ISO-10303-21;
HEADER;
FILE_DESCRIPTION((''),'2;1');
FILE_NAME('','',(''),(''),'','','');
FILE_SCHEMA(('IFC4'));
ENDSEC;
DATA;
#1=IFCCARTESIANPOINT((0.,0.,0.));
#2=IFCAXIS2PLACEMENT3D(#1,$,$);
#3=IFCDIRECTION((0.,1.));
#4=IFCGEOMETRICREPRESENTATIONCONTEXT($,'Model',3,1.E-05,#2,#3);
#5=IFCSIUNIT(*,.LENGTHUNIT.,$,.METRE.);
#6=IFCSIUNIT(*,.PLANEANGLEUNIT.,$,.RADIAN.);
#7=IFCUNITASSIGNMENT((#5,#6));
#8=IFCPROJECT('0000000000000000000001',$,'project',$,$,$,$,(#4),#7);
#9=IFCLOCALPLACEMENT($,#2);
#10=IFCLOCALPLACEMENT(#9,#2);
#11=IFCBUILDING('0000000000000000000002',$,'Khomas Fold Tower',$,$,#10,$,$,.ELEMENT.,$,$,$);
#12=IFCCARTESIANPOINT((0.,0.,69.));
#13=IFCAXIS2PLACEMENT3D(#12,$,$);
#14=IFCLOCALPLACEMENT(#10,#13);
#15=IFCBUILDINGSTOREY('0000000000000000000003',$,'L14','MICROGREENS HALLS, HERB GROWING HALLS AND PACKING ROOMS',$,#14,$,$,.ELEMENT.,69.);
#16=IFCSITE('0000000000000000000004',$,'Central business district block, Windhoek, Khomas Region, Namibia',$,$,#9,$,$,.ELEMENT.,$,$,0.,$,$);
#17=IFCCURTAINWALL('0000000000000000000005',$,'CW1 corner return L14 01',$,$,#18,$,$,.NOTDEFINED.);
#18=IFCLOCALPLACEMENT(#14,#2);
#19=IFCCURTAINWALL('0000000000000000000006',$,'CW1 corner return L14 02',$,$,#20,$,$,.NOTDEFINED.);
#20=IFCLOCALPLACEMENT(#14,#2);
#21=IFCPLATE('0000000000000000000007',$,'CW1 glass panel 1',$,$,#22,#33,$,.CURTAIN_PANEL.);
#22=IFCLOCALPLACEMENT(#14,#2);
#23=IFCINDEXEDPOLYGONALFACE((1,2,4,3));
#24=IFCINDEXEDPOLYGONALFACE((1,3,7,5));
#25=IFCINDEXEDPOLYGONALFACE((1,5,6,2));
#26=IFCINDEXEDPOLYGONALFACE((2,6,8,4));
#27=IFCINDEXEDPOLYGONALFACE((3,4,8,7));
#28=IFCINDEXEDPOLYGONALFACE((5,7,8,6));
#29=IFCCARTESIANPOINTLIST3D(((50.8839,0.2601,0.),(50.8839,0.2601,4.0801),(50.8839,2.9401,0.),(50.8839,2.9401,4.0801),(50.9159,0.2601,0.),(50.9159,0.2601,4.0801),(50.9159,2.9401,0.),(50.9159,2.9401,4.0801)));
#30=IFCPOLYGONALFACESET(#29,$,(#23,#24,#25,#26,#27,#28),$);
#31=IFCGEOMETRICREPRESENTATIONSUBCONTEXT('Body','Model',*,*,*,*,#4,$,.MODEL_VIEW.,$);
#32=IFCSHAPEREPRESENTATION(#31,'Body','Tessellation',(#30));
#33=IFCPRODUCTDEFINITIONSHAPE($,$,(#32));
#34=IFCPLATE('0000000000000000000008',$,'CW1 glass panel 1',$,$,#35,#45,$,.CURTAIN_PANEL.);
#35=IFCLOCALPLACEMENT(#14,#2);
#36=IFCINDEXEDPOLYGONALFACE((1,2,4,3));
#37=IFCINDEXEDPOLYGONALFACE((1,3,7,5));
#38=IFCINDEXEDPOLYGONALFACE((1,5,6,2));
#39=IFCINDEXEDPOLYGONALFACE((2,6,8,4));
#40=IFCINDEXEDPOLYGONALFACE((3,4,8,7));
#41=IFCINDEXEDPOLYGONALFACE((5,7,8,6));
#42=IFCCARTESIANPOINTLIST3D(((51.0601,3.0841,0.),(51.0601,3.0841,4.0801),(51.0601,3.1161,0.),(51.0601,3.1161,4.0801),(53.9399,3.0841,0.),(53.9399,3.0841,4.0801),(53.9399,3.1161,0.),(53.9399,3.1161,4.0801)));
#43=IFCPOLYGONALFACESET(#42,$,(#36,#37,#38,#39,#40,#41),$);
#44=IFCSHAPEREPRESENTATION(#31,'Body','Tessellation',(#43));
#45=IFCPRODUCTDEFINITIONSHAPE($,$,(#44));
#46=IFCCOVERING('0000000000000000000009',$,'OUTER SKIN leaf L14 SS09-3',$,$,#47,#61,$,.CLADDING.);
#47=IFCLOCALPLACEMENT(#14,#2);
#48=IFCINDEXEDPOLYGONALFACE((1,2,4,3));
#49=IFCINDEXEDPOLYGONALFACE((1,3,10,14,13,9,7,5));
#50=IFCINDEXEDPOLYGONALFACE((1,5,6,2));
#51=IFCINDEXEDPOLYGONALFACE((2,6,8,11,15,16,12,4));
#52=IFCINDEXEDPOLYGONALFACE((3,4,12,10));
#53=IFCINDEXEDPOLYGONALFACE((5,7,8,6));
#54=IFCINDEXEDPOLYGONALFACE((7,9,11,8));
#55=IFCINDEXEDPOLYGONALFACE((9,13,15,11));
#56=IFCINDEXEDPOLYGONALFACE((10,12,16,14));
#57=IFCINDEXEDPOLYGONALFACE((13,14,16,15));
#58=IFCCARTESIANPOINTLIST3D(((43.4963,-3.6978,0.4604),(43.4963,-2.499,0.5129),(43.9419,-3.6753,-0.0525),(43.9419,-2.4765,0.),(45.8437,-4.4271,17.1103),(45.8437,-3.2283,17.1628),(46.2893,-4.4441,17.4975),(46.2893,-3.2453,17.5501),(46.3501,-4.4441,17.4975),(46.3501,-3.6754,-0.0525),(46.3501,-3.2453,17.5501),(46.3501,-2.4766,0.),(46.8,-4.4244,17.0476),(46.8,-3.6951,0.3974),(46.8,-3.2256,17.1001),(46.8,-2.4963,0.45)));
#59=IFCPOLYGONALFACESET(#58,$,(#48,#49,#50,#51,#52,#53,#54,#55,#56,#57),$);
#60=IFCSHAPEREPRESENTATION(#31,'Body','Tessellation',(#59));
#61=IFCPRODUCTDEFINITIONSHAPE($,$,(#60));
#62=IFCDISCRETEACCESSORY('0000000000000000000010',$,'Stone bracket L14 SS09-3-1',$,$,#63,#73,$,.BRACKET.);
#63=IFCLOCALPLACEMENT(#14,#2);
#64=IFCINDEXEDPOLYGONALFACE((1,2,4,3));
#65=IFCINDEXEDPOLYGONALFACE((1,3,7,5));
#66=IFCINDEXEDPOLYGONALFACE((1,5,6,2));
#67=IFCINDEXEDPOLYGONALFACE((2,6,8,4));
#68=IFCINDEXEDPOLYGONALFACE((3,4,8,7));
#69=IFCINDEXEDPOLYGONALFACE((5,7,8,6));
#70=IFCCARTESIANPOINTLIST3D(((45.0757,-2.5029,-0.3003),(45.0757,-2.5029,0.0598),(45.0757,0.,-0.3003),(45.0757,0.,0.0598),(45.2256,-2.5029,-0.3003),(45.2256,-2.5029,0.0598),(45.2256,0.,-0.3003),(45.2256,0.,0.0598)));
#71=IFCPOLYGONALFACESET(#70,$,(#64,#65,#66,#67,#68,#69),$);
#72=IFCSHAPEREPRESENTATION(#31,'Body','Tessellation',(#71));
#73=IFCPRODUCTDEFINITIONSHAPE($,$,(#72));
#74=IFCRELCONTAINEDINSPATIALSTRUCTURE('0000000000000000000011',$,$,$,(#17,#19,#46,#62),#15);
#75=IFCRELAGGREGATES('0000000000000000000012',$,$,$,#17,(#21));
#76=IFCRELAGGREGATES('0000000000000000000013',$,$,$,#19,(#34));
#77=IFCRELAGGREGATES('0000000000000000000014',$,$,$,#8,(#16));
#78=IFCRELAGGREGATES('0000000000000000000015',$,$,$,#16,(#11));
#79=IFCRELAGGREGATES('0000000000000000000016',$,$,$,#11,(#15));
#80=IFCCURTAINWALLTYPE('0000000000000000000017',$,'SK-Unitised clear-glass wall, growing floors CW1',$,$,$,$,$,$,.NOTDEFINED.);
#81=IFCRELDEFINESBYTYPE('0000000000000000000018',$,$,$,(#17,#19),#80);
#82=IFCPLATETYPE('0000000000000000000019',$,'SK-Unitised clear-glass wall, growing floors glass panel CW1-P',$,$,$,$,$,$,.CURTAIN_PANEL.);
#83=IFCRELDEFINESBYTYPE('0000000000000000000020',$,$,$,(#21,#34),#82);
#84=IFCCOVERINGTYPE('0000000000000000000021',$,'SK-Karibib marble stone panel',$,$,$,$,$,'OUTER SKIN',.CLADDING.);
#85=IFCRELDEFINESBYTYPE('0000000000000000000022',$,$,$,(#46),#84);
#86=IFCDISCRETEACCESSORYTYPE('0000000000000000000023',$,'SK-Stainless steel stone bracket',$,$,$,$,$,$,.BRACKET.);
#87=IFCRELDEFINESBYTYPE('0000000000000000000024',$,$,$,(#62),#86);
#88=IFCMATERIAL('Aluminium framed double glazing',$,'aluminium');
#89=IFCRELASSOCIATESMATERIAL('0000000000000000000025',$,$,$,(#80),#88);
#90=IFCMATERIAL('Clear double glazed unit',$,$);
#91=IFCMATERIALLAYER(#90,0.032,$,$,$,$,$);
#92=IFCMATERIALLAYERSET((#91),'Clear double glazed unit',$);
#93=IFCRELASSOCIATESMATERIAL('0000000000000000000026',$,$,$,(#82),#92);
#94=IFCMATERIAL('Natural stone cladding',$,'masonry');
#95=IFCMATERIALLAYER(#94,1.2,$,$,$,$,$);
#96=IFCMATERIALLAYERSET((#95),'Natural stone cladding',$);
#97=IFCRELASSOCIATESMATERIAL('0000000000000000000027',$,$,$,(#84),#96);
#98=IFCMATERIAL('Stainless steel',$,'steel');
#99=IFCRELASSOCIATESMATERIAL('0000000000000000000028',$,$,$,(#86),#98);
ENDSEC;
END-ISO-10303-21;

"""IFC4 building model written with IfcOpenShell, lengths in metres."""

from ifc_helpers import new_model, si_unit, direction, frame, origin, origin_2d, place, context, subcontext, project, spatial, polyline, rectangle, outline, extrude, source, transform, mapped, material, layer, layer_set, type_object, element, aggregate, save


model = new_model("IFC4")

# Units and contexts
model_context = context("Model", 3, precision=1e-05, world=origin(), true_north=direction((0.0, 1.0)))
body_context = subcontext(model_context, "Body", "Model", "MODEL_VIEW")
ifc_project = project(units=[si_unit("LENGTHUNIT", "METRE"), si_unit("PLANEANGLEUNIT", "RADIAN")], contexts=[model_context])

# Site, building, storey
site_placement = place(None, origin())
site = spatial("IfcSite", under=ifc_project, at=site_placement, Name="Central business district block, Windhoek, Khomas Region, Namibia", CompositionType="ELEMENT", RefElevation=0.0)
building_placement = place(site_placement, origin())
building = spatial("IfcBuilding", under=site, at=building_placement, Name="Khomas Fold Tower", CompositionType="ELEMENT")
storey_placement = place(building_placement, frame((0.0, 0.0, 69.0)))
storey = spatial("IfcBuildingStorey", under=building, at=storey_placement, Name="L14", Description="MICROGREENS HALLS, HERB GROWING HALLS AND PACKING ROOMS", CompositionType="ELEMENT", Elevation=69.0)

# Shared definitions
ifc_material_1 = material(Name="Aluminium framed double glazing", Category="aluminium")
curtain_wall_type = type_object("IfcCurtainWallType", Name="SK-Unitised clear-glass wall, growing floors CW1", PredefinedType="NOTDEFINED", material=ifc_material_1)

# Curtain walls
curtain_wall_1_placement = place(storey_placement, origin())
curtain_wall_1 = element("IfcCurtainWall", 1, at=curtain_wall_1_placement, inside=storey, type_object=curtain_wall_type, Name="CW1 corner return L14 01", PredefinedType="NOTDEFINED")
curtain_wall_2_placement = place(storey_placement, origin())
curtain_wall_2 = element("IfcCurtainWall", 2, at=curtain_wall_2_placement, inside=storey, type_object=curtain_wall_type, Name="CW1 corner return L14 02", PredefinedType="NOTDEFINED")

# Plates
ifc_material_2 = material(Name="Clear double glazed unit")
ifc_layer_1 = layer(ifc_material_2, 0.032)
ifc_layer_set_1 = layer_set([ifc_layer_1], Name="Clear double glazed unit")
plate_type = type_object("IfcPlateType", Name="SK-Unitised clear-glass wall, growing floors glass panel CW1-P", PredefinedType="CURTAIN_PANEL", material=ifc_layer_set_1)
shared_shape_1 = source(origin(), body_context, "Body", "SweptSolid", [
    extrude(rectangle(XDim=2.6799, YDim=0.032, at=origin_2d()), origin(), (0.0, 0.0, 1.0), 4.0801),
])
plate_1_placement = place(storey_placement, frame((50.8999, 1.6001, 0.0), z_axis=(0.0, 0.0, 1.0), x_axis=(0.0, 1.0, 0.0)))
plate_1 = element("IfcPlate", 3, at=plate_1_placement, type_object=plate_type, Name="CW1 glass panel 1", PredefinedType="CURTAIN_PANEL", context=body_context, shape_type="MappedRepresentation", body=[
    mapped(shared_shape_1, transform((0.0, 0.0, 0.0))),
])
aggregate(curtain_wall_1, [plate_1])
shared_shape_2 = source(origin(), body_context, "Body", "SweptSolid", [
    extrude(rectangle(XDim=2.8799, YDim=0.032, at=origin_2d()), origin(), (0.0, 0.0, 1.0), 4.0801),
])
plate_2_placement = place(storey_placement, frame((52.5, 3.1001, 0.0), z_axis=(0.0, 0.0, 1.0), x_axis=(1.0, 0.0, 0.0)))
plate_2 = element("IfcPlate", 4, at=plate_2_placement, type_object=plate_type, Name="CW1 glass panel 1", PredefinedType="CURTAIN_PANEL", context=body_context, shape_type="MappedRepresentation", body=[
    mapped(shared_shape_2, transform((0.0, 0.0, 0.0))),
])
aggregate(curtain_wall_2, [plate_2])

# Covering
ifc_material_3 = material(Name="Natural stone cladding", Category="masonry")
ifc_layer_2 = layer(ifc_material_3, 1.2)
ifc_layer_set_2 = layer_set([ifc_layer_2], Name="Natural stone cladding")
covering_type = type_object("IfcCoveringType", Name="SK-Karibib marble stone panel", ElementType="OUTER SKIN", PredefinedType="CLADDING", material=ifc_layer_set_2)
covering_placement = place(storey_placement, frame((46.8, -3.2256, 17.1001), z_axis=(0.000031, 0.999042, 0.043758), x_axis=(0.0, 0.043758, -0.999042)))
element("IfcCovering", 5, at=covering_placement, inside=storey, type_object=covering_type, Name="OUTER SKIN leaf L14 SS09-3", PredefinedType="CLADDING", context=body_context, shape_type="SweptSolid", body=[
    extrude(outline(polyline([(0.0, 0.0), (16.6661, 0.0), (17.1165, 0.45), (17.1165, 2.8582), (16.6031, 3.3037), (-0.0628, 0.9563), (-0.4504, 0.5107), (-0.4504, 0.45), (0.0, 0.0)])), origin(), (0.0, 0.0, -1.0), 1.2),
])

# Discrete accessory
ifc_material_4 = material(Name="Stainless steel", Category="steel")
discrete_accessory_type = type_object("IfcDiscreteAccessoryType", Name="SK-Stainless steel stone bracket", PredefinedType="BRACKET", material=ifc_material_4)
shared_shape_3 = source(origin(), body_context, "Body", "SweptSolid", [
    extrude(rectangle(XDim=2.5029, YDim=0.1499, at=origin_2d()), origin(), (0.0, 0.0, 1.0), 0.3601),
])
discrete_accessory_placement = place(storey_placement, frame((45.1506, -1.2515, -0.3003), z_axis=(0.0, 0.0, 1.0), x_axis=(0.0, -1.0, 0.0)))
element("IfcDiscreteAccessory", 6, at=discrete_accessory_placement, inside=storey, type_object=discrete_accessory_type, Name="Stone bracket L14 SS09-3-1", PredefinedType="BRACKET", context=body_context, shape_type="MappedRepresentation", body=[
    mapped(shared_shape_3, transform((0.0, 0.0, 0.0))),
])

save(model, "model.ifc")
